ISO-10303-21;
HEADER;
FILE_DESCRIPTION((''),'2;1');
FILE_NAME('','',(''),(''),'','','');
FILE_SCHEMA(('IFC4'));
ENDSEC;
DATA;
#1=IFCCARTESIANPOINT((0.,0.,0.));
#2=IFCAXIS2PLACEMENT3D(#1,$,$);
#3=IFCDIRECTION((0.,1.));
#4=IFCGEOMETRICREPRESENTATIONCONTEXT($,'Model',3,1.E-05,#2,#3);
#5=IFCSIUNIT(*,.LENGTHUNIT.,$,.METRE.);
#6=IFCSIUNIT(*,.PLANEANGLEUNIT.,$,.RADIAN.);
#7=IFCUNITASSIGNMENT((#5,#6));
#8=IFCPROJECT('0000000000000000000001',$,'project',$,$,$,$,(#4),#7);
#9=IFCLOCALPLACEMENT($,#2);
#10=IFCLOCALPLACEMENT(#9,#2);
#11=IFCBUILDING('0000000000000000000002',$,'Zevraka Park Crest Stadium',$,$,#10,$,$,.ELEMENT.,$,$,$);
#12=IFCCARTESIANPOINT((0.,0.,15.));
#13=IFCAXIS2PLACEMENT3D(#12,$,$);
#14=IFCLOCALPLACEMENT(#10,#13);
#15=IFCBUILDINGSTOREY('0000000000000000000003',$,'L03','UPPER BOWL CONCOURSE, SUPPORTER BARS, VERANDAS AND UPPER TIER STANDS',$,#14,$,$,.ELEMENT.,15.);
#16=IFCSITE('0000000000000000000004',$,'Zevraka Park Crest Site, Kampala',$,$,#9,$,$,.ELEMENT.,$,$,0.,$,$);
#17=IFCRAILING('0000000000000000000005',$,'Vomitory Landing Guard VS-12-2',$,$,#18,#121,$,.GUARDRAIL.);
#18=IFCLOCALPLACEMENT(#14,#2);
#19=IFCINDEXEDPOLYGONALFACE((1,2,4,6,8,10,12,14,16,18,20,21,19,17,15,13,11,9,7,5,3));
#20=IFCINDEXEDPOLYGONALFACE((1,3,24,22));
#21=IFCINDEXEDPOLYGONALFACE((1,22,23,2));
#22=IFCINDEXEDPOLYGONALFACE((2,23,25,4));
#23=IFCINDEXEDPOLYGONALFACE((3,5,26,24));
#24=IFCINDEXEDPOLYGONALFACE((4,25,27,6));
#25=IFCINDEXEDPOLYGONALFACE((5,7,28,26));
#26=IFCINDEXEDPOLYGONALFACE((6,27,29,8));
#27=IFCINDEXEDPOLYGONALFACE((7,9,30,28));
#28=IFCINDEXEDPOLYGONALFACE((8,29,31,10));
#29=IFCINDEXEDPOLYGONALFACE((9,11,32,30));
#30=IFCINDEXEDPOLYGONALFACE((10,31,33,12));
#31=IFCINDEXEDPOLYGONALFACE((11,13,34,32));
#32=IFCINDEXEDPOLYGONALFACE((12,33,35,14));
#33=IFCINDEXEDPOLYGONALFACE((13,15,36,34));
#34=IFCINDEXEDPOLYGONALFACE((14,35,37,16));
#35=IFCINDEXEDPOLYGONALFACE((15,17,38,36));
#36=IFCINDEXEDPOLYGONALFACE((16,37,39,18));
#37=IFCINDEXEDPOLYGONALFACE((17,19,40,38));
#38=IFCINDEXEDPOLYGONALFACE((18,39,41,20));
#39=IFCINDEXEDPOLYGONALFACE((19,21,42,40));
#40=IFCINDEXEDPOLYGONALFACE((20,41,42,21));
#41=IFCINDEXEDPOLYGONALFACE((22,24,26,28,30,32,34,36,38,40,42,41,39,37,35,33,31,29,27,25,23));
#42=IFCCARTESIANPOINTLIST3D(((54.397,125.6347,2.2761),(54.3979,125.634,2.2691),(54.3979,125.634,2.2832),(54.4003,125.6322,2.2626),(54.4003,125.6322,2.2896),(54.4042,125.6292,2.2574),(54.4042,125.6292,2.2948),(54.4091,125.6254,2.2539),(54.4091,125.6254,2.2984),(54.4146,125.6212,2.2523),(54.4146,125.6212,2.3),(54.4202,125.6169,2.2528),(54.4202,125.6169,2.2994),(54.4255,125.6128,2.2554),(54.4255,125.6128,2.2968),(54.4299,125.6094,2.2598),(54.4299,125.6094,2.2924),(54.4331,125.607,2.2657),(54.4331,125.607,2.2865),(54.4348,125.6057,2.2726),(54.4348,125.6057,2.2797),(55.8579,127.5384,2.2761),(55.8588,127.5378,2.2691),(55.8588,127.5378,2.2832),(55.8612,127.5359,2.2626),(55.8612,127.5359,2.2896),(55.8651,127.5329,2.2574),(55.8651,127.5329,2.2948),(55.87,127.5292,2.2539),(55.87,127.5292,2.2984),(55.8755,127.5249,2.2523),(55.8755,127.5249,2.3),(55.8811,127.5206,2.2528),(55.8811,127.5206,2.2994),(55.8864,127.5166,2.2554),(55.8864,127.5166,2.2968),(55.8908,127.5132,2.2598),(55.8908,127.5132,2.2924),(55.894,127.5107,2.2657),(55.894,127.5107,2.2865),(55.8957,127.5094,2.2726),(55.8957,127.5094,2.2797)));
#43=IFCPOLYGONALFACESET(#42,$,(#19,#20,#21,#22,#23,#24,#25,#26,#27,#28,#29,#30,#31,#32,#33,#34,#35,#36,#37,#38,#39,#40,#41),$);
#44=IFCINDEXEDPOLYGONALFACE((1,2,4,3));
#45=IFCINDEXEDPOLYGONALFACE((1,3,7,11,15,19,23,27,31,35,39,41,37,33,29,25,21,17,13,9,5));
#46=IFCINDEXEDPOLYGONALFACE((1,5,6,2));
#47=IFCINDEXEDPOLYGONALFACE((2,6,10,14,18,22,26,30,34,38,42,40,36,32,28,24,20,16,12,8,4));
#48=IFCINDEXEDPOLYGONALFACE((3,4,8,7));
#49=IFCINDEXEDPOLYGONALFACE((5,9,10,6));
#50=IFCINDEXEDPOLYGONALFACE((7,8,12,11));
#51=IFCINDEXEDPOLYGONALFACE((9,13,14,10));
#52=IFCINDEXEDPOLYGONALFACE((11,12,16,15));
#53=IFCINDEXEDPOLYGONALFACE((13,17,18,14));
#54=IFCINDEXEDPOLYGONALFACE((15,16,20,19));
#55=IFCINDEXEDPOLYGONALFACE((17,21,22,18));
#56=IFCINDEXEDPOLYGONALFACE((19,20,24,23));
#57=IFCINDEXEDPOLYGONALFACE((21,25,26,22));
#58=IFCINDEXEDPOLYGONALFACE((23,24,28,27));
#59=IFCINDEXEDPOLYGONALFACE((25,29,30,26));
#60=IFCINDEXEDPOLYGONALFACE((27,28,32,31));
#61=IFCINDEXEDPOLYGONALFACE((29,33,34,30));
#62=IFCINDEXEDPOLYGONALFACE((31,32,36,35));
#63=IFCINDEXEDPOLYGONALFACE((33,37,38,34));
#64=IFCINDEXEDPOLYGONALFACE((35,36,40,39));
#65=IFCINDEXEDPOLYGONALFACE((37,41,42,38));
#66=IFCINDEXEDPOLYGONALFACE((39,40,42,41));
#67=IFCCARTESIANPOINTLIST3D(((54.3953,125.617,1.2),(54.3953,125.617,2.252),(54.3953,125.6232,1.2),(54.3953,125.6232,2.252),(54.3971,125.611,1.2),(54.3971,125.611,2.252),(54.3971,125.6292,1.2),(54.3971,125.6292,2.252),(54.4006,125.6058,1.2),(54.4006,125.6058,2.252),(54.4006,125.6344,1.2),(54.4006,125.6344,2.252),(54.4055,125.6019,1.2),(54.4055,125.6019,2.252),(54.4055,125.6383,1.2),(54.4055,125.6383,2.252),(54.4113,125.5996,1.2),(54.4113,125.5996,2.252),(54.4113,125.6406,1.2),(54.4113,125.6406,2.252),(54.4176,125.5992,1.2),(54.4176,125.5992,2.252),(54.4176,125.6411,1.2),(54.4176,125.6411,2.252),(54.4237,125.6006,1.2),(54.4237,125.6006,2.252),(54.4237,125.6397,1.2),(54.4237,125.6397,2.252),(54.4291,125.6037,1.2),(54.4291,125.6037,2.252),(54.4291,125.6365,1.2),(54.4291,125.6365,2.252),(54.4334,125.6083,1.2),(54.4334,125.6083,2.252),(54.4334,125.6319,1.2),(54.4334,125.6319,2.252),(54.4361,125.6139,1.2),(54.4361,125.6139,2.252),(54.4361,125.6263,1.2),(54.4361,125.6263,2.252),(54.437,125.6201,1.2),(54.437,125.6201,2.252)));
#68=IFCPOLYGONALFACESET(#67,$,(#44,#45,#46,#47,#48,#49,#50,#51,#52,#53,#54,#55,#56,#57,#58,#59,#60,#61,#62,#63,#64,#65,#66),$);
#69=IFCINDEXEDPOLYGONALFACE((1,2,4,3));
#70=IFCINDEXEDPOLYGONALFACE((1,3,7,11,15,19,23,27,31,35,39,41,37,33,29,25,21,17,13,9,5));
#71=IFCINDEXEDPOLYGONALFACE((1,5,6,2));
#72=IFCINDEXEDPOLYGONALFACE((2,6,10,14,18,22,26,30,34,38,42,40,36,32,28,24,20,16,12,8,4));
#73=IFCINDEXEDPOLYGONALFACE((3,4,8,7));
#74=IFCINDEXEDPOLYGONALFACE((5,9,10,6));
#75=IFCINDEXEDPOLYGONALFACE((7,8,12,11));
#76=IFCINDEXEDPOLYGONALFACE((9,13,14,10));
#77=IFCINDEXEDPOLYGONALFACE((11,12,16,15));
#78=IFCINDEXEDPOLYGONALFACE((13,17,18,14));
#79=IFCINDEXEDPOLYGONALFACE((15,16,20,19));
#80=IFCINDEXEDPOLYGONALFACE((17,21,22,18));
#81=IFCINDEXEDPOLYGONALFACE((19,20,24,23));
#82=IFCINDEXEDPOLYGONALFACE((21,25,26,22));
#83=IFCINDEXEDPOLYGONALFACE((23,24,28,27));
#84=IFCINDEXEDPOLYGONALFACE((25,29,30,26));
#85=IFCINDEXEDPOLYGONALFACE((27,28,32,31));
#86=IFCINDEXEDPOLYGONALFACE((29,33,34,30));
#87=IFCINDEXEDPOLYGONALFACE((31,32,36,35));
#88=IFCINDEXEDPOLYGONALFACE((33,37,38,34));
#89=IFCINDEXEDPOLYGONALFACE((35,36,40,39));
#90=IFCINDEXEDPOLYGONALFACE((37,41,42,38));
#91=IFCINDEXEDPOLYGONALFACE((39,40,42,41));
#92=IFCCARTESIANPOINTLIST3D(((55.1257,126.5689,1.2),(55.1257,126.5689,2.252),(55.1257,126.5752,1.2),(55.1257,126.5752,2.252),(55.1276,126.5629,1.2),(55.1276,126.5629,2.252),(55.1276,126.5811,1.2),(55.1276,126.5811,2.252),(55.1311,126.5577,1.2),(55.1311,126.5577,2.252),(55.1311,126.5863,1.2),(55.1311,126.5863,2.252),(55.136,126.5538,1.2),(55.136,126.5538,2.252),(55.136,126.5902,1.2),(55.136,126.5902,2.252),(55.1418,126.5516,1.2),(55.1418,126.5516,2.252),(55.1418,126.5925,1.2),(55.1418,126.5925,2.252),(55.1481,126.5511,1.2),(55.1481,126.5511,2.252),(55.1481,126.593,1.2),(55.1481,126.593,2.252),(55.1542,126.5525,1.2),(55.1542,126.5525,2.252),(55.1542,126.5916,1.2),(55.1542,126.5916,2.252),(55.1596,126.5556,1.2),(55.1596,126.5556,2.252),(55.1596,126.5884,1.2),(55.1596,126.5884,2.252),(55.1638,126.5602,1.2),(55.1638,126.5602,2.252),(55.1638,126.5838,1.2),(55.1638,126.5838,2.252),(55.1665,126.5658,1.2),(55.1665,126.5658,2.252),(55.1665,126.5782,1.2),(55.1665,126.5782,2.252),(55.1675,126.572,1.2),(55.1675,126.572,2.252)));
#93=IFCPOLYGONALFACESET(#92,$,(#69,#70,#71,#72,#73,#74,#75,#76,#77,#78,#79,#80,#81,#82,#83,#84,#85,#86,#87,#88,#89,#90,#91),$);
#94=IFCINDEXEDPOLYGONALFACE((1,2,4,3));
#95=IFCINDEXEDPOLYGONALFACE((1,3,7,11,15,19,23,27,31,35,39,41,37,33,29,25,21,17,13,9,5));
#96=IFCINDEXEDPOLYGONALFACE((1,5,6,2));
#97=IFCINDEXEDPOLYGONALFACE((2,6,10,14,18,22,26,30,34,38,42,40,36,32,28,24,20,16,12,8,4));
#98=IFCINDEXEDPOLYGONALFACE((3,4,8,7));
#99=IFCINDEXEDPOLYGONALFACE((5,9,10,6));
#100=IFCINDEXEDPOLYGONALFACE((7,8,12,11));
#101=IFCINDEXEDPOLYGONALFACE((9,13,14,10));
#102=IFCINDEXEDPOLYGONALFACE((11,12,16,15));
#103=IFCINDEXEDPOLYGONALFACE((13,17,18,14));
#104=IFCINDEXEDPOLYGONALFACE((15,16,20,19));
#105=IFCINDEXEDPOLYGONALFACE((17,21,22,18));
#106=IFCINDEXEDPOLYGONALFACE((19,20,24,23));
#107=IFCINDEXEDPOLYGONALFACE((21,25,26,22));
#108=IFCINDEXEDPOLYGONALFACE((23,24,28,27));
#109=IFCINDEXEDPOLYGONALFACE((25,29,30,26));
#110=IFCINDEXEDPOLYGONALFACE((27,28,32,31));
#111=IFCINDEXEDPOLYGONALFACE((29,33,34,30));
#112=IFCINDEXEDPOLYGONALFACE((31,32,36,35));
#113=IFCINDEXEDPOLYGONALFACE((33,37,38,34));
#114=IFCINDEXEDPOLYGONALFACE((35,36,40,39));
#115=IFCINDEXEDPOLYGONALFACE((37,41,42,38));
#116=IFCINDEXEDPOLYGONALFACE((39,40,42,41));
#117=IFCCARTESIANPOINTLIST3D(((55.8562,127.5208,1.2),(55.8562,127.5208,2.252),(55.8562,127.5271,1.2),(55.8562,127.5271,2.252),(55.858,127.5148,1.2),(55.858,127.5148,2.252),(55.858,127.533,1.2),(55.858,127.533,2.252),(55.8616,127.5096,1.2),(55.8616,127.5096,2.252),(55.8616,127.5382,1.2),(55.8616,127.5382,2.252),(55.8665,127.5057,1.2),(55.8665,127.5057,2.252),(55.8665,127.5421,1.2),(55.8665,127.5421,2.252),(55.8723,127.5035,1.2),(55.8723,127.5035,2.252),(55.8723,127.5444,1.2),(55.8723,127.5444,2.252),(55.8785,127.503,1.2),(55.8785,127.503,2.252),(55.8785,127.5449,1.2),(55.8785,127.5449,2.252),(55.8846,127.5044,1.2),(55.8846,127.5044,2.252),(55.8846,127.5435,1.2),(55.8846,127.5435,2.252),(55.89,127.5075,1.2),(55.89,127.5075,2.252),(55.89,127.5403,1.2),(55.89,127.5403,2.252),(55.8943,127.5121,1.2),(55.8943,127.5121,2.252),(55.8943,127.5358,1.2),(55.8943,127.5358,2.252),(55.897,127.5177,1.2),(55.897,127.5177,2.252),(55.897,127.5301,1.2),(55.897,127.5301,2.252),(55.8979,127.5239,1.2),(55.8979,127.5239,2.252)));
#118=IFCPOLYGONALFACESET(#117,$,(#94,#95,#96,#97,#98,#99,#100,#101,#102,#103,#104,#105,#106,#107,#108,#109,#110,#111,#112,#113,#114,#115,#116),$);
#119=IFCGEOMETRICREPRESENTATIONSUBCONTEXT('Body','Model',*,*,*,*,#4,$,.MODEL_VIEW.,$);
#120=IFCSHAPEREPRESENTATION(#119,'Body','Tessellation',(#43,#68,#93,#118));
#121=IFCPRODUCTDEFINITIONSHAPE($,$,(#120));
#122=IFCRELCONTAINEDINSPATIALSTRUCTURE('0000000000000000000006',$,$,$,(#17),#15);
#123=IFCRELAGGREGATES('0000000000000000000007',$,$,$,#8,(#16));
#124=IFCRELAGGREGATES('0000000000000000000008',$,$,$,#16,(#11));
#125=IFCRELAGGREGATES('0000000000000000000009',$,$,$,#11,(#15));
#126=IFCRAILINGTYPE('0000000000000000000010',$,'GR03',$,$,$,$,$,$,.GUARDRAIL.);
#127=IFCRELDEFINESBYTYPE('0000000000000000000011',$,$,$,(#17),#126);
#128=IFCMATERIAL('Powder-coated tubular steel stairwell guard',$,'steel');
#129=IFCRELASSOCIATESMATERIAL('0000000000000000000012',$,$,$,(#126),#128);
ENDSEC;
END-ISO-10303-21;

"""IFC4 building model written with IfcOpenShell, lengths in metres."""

from ifc_helpers import new_model, si_unit, direction, frame, origin, origin_2d, place, context, subcontext, project, spatial, circle, extrude, material, type_object, element, save


model = new_model("IFC4")

# Units and contexts
model_context = context("Model", 3, precision=1e-05, world=origin(), true_north=direction((0.0, 1.0)))
body_context = subcontext(model_context, "Body", "Model", "MODEL_VIEW")
ifc_project = project(units=[si_unit("LENGTHUNIT", "METRE"), si_unit("PLANEANGLEUNIT", "RADIAN")], contexts=[model_context])

# Site, building, storey
site_placement = place(None, origin())
site = spatial("IfcSite", under=ifc_project, at=site_placement, Name="Zevraka Park Crest Site, Kampala", CompositionType="ELEMENT", RefElevation=0.0)
building_placement = place(site_placement, origin())
building = spatial("IfcBuilding", under=site, at=building_placement, Name="Zevraka Park Crest Stadium", CompositionType="ELEMENT")
storey_placement = place(building_placement, frame((0.0, 0.0, 15.0)))
storey = spatial("IfcBuildingStorey", under=building, at=storey_placement, Name="L03", Description="UPPER BOWL CONCOURSE, SUPPORTER BARS, VERANDAS AND UPPER TIER STANDS", CompositionType="ELEMENT", Elevation=15.0)

# Railing
ifc_material_1 = material(Name="Powder-coated tubular steel stairwell guard", Category="steel")
railing_type_1 = type_object("IfcRailingType", Name="GR03", PredefinedType="GUARDRAIL", material=ifc_material_1)
railing_1_placement = place(storey_placement, frame((54.416, 125.6201, 1.2)))
element("IfcRailing", 1, at=railing_1_placement, inside=storey, type_object=railing_type_1, Name="Vomitory Landing Guard VS-12-2", PredefinedType="GUARDRAIL", context=body_context, shape_type="SweptSolid", body=[
    extrude(circle(Radius=0.0239, at=origin_2d()), frame((0.0, 0.0, 1.0762), z_axis=(0.608786, 0.793334, 0.0), x_axis=(-0.793334, 0.608786, 0.0)), (0.0, 0.0, 1.0), 2.3997),
    extrude(circle(Radius=0.021, at=origin_2d()), origin(), (0.0, 0.0, 1.0), 1.052),
    extrude(circle(Radius=0.021, at=origin_2d()), frame((0.7305, 0.9519, 0.0)), (0.0, 0.0, 1.0), 1.052),
    extrude(circle(Radius=0.021, at=origin_2d()), frame((1.4609, 1.9038, 0.0)), (0.0, 0.0, 1.0), 1.052),
])

save(model, "model.ifc")
